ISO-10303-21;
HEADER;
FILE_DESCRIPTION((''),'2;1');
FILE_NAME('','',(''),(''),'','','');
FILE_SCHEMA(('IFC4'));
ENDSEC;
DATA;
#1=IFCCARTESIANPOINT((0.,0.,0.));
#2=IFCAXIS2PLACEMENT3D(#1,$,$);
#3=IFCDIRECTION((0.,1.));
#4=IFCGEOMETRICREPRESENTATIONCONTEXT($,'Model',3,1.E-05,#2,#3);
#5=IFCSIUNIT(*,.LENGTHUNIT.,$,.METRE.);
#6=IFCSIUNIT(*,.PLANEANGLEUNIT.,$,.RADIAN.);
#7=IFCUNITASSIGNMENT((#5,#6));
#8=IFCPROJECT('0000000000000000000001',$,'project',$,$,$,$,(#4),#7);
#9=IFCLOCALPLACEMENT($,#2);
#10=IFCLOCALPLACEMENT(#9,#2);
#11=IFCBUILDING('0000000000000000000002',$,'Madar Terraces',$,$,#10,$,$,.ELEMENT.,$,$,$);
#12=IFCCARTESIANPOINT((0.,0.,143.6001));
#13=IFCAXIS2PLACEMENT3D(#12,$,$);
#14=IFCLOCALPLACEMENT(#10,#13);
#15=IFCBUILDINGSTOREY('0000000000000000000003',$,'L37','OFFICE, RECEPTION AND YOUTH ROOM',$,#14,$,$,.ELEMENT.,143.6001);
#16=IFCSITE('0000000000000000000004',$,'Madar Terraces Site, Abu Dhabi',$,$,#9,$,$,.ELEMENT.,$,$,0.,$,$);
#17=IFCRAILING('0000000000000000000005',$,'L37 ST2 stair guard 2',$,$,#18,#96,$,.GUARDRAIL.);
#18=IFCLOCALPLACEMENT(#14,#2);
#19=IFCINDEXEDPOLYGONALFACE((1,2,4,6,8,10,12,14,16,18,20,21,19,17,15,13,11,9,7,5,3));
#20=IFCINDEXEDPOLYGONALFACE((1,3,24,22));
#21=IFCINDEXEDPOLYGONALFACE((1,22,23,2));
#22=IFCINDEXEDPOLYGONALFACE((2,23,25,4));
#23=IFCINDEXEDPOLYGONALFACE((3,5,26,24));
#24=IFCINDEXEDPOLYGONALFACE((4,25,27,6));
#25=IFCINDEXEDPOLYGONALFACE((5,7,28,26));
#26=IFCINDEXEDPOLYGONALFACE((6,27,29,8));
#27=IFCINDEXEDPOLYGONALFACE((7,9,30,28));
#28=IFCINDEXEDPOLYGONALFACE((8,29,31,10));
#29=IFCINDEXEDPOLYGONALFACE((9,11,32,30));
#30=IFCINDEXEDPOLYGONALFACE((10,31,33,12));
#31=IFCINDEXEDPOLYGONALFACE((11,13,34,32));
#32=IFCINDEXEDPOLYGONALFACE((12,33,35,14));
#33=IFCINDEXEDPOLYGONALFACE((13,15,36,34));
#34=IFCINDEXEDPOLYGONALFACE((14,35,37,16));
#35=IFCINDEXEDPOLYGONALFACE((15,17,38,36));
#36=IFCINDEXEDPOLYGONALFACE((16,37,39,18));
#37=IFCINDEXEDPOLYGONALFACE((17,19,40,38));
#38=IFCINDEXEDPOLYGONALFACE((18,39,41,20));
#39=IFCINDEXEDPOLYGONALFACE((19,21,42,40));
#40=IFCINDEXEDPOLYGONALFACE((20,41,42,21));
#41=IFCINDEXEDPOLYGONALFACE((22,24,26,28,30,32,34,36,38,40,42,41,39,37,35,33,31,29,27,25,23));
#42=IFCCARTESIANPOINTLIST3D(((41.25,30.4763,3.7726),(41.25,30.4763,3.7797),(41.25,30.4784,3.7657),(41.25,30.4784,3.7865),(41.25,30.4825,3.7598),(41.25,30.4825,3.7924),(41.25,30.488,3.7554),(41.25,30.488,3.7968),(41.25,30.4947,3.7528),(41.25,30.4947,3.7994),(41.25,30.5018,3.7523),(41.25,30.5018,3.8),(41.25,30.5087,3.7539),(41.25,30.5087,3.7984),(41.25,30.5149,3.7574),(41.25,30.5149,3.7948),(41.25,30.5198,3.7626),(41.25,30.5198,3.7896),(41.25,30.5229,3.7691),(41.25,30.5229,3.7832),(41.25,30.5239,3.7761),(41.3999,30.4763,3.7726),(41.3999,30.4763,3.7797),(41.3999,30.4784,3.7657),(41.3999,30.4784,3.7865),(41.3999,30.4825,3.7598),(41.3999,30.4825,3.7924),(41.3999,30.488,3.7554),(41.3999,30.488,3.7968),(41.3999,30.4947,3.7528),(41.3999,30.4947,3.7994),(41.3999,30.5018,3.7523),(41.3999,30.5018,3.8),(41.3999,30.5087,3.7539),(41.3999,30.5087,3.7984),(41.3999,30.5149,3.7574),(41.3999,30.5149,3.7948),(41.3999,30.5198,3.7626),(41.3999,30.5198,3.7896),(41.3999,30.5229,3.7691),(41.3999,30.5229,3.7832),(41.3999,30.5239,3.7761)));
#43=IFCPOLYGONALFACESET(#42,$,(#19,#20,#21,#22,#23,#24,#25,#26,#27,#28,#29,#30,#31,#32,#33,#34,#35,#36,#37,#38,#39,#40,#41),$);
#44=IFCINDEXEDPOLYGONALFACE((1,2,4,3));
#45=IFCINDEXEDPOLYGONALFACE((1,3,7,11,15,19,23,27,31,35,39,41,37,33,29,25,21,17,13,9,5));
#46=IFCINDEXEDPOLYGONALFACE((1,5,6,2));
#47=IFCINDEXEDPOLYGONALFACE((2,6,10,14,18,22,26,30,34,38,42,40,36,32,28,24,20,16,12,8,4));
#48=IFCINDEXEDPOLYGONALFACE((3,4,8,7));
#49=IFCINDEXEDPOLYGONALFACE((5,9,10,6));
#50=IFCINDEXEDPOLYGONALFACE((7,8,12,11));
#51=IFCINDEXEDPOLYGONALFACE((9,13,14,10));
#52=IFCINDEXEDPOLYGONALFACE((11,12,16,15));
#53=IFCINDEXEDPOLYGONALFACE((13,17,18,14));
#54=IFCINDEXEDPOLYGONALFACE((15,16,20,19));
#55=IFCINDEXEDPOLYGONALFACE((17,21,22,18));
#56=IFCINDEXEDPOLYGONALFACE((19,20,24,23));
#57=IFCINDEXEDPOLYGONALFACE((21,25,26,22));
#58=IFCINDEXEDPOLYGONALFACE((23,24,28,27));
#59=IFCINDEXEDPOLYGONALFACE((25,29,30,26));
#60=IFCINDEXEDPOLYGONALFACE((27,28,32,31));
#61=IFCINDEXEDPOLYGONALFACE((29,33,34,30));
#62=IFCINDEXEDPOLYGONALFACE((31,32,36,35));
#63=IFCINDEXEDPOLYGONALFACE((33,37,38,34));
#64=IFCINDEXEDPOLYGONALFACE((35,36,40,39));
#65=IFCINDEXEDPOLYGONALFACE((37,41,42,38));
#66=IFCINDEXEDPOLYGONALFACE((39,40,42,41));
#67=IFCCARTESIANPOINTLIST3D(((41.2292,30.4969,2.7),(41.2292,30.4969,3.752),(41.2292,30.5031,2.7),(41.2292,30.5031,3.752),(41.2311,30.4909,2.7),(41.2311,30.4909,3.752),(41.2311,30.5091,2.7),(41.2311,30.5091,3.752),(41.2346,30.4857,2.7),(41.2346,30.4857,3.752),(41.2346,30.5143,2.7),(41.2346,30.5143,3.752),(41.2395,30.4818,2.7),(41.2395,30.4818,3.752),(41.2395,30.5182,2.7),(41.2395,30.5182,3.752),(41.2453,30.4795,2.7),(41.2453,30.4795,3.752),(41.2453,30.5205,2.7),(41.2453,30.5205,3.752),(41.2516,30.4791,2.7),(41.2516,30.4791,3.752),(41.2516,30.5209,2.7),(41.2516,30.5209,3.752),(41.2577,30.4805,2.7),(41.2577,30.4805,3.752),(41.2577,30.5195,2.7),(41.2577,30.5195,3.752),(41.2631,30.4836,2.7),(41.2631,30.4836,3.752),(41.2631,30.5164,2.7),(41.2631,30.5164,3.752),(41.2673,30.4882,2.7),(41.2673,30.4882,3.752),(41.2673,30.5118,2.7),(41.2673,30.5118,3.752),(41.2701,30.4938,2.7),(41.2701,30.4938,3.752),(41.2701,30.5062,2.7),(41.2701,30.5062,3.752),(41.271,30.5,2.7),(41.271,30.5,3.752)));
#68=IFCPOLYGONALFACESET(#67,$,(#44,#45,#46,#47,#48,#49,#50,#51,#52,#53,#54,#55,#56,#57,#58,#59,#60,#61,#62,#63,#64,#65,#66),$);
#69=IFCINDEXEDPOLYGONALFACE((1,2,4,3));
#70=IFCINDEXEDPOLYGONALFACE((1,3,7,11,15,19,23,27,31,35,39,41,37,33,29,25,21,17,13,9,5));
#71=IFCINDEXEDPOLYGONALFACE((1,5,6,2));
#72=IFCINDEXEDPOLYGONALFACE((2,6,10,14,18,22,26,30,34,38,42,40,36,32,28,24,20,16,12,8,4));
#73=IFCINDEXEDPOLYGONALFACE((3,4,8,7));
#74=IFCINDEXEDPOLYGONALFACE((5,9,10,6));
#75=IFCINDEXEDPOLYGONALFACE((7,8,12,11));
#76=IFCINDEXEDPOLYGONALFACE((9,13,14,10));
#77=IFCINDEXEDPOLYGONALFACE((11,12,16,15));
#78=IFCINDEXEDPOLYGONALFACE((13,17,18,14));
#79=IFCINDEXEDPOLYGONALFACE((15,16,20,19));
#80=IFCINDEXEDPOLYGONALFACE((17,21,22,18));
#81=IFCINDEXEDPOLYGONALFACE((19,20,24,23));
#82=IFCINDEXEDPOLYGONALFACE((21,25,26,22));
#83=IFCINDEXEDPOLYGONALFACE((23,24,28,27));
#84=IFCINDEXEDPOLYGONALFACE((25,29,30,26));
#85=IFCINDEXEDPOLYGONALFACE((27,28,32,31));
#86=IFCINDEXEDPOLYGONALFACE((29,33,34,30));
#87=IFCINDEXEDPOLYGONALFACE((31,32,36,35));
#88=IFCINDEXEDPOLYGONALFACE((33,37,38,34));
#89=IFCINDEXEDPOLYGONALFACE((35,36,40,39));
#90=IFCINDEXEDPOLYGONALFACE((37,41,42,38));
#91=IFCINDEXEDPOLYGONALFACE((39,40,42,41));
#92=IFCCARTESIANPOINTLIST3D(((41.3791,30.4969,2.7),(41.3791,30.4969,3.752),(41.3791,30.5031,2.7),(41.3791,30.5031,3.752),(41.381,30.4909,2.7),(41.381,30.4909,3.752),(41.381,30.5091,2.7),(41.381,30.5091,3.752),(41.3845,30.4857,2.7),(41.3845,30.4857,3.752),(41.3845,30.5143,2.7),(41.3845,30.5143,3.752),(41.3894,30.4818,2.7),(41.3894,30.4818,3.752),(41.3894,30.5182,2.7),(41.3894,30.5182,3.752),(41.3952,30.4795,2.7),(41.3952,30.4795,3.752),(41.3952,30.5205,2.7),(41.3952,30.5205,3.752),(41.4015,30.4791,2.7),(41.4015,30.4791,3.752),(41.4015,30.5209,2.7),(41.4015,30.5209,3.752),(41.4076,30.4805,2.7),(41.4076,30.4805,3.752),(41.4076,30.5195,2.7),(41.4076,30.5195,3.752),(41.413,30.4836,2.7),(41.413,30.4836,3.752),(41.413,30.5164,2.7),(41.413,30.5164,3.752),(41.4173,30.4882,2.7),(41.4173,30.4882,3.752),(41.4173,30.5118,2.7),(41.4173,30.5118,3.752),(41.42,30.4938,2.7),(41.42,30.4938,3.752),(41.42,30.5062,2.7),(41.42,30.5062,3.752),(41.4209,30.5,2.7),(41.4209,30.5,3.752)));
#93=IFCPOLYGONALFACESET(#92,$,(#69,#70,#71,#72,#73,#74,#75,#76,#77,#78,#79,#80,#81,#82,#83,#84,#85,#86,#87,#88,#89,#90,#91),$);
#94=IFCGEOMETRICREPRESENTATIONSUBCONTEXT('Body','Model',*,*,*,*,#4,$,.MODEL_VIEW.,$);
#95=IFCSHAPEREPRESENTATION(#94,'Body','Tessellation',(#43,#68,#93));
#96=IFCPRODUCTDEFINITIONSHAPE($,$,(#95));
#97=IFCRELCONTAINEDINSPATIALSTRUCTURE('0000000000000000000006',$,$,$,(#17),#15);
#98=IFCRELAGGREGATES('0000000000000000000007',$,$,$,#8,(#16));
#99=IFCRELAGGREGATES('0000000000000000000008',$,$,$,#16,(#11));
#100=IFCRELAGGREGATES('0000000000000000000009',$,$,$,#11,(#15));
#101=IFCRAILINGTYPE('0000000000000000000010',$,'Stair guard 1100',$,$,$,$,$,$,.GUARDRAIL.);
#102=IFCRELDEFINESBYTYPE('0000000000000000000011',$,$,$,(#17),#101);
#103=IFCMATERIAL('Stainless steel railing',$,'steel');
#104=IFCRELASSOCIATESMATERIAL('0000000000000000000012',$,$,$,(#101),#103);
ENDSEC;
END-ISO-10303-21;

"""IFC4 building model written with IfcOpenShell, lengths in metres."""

from ifc_helpers import new_model, si_unit, direction, frame, origin, origin_2d, place, context, subcontext, project, spatial, circle, extrude, material, type_object, element, save


model = new_model("IFC4")

# Units and contexts
model_context = context("Model", 3, precision=1e-05, world=origin(), true_north=direction((0.0, 1.0)))
body_context = subcontext(model_context, "Body", "Model", "MODEL_VIEW")
ifc_project = project(units=[si_unit("LENGTHUNIT", "METRE"), si_unit("PLANEANGLEUNIT", "RADIAN")], contexts=[model_context])

# Site, building, storey
site_placement = place(None, origin())
site = spatial("IfcSite", under=ifc_project, at=site_placement, Name="Madar Terraces Site, Abu Dhabi", CompositionType="ELEMENT", RefElevation=0.0)
building_placement = place(site_placement, origin())
building = spatial("IfcBuilding", under=site, at=building_placement, Name="Madar Terraces", CompositionType="ELEMENT")
storey_placement = place(building_placement, frame((0.0, 0.0, 143.6001)))
storey = spatial("IfcBuildingStorey", under=building, at=storey_placement, Name="L37", Description="OFFICE, RECEPTION AND YOUTH ROOM", CompositionType="ELEMENT", Elevation=143.6001)

# Railing
ifc_material_1 = material(Name="Stainless steel railing", Category="steel")
railing_type_1 = type_object("IfcRailingType", Name="Stair guard 1100", PredefinedType="GUARDRAIL", material=ifc_material_1)
railing_1_placement = place(storey_placement, frame((41.25, 30.5, 2.7)))
element("IfcRailing", 1, at=railing_1_placement, inside=storey, type_object=railing_type_1, Name="L37 ST2 stair guard 2", PredefinedType="GUARDRAIL", context=body_context, shape_type="SweptSolid", body=[
    extrude(circle(Radius=0.0239, at=origin_2d()), frame((0.0, 0.0, 1.0762), z_axis=(1.0, 0.0, 0.0), x_axis=(0.0, 1.0, 0.0)), (0.0, 0.0, 1.0), 0.1499),
    extrude(circle(Radius=0.021, at=origin_2d()), origin(), (0.0, 0.0, 1.0), 1.052),
    extrude(circle(Radius=0.021, at=origin_2d()), frame((0.1499, 0.0, 0.0)), (0.0, 0.0, 1.0), 1.052),
])

save(model, "model.ifc")
